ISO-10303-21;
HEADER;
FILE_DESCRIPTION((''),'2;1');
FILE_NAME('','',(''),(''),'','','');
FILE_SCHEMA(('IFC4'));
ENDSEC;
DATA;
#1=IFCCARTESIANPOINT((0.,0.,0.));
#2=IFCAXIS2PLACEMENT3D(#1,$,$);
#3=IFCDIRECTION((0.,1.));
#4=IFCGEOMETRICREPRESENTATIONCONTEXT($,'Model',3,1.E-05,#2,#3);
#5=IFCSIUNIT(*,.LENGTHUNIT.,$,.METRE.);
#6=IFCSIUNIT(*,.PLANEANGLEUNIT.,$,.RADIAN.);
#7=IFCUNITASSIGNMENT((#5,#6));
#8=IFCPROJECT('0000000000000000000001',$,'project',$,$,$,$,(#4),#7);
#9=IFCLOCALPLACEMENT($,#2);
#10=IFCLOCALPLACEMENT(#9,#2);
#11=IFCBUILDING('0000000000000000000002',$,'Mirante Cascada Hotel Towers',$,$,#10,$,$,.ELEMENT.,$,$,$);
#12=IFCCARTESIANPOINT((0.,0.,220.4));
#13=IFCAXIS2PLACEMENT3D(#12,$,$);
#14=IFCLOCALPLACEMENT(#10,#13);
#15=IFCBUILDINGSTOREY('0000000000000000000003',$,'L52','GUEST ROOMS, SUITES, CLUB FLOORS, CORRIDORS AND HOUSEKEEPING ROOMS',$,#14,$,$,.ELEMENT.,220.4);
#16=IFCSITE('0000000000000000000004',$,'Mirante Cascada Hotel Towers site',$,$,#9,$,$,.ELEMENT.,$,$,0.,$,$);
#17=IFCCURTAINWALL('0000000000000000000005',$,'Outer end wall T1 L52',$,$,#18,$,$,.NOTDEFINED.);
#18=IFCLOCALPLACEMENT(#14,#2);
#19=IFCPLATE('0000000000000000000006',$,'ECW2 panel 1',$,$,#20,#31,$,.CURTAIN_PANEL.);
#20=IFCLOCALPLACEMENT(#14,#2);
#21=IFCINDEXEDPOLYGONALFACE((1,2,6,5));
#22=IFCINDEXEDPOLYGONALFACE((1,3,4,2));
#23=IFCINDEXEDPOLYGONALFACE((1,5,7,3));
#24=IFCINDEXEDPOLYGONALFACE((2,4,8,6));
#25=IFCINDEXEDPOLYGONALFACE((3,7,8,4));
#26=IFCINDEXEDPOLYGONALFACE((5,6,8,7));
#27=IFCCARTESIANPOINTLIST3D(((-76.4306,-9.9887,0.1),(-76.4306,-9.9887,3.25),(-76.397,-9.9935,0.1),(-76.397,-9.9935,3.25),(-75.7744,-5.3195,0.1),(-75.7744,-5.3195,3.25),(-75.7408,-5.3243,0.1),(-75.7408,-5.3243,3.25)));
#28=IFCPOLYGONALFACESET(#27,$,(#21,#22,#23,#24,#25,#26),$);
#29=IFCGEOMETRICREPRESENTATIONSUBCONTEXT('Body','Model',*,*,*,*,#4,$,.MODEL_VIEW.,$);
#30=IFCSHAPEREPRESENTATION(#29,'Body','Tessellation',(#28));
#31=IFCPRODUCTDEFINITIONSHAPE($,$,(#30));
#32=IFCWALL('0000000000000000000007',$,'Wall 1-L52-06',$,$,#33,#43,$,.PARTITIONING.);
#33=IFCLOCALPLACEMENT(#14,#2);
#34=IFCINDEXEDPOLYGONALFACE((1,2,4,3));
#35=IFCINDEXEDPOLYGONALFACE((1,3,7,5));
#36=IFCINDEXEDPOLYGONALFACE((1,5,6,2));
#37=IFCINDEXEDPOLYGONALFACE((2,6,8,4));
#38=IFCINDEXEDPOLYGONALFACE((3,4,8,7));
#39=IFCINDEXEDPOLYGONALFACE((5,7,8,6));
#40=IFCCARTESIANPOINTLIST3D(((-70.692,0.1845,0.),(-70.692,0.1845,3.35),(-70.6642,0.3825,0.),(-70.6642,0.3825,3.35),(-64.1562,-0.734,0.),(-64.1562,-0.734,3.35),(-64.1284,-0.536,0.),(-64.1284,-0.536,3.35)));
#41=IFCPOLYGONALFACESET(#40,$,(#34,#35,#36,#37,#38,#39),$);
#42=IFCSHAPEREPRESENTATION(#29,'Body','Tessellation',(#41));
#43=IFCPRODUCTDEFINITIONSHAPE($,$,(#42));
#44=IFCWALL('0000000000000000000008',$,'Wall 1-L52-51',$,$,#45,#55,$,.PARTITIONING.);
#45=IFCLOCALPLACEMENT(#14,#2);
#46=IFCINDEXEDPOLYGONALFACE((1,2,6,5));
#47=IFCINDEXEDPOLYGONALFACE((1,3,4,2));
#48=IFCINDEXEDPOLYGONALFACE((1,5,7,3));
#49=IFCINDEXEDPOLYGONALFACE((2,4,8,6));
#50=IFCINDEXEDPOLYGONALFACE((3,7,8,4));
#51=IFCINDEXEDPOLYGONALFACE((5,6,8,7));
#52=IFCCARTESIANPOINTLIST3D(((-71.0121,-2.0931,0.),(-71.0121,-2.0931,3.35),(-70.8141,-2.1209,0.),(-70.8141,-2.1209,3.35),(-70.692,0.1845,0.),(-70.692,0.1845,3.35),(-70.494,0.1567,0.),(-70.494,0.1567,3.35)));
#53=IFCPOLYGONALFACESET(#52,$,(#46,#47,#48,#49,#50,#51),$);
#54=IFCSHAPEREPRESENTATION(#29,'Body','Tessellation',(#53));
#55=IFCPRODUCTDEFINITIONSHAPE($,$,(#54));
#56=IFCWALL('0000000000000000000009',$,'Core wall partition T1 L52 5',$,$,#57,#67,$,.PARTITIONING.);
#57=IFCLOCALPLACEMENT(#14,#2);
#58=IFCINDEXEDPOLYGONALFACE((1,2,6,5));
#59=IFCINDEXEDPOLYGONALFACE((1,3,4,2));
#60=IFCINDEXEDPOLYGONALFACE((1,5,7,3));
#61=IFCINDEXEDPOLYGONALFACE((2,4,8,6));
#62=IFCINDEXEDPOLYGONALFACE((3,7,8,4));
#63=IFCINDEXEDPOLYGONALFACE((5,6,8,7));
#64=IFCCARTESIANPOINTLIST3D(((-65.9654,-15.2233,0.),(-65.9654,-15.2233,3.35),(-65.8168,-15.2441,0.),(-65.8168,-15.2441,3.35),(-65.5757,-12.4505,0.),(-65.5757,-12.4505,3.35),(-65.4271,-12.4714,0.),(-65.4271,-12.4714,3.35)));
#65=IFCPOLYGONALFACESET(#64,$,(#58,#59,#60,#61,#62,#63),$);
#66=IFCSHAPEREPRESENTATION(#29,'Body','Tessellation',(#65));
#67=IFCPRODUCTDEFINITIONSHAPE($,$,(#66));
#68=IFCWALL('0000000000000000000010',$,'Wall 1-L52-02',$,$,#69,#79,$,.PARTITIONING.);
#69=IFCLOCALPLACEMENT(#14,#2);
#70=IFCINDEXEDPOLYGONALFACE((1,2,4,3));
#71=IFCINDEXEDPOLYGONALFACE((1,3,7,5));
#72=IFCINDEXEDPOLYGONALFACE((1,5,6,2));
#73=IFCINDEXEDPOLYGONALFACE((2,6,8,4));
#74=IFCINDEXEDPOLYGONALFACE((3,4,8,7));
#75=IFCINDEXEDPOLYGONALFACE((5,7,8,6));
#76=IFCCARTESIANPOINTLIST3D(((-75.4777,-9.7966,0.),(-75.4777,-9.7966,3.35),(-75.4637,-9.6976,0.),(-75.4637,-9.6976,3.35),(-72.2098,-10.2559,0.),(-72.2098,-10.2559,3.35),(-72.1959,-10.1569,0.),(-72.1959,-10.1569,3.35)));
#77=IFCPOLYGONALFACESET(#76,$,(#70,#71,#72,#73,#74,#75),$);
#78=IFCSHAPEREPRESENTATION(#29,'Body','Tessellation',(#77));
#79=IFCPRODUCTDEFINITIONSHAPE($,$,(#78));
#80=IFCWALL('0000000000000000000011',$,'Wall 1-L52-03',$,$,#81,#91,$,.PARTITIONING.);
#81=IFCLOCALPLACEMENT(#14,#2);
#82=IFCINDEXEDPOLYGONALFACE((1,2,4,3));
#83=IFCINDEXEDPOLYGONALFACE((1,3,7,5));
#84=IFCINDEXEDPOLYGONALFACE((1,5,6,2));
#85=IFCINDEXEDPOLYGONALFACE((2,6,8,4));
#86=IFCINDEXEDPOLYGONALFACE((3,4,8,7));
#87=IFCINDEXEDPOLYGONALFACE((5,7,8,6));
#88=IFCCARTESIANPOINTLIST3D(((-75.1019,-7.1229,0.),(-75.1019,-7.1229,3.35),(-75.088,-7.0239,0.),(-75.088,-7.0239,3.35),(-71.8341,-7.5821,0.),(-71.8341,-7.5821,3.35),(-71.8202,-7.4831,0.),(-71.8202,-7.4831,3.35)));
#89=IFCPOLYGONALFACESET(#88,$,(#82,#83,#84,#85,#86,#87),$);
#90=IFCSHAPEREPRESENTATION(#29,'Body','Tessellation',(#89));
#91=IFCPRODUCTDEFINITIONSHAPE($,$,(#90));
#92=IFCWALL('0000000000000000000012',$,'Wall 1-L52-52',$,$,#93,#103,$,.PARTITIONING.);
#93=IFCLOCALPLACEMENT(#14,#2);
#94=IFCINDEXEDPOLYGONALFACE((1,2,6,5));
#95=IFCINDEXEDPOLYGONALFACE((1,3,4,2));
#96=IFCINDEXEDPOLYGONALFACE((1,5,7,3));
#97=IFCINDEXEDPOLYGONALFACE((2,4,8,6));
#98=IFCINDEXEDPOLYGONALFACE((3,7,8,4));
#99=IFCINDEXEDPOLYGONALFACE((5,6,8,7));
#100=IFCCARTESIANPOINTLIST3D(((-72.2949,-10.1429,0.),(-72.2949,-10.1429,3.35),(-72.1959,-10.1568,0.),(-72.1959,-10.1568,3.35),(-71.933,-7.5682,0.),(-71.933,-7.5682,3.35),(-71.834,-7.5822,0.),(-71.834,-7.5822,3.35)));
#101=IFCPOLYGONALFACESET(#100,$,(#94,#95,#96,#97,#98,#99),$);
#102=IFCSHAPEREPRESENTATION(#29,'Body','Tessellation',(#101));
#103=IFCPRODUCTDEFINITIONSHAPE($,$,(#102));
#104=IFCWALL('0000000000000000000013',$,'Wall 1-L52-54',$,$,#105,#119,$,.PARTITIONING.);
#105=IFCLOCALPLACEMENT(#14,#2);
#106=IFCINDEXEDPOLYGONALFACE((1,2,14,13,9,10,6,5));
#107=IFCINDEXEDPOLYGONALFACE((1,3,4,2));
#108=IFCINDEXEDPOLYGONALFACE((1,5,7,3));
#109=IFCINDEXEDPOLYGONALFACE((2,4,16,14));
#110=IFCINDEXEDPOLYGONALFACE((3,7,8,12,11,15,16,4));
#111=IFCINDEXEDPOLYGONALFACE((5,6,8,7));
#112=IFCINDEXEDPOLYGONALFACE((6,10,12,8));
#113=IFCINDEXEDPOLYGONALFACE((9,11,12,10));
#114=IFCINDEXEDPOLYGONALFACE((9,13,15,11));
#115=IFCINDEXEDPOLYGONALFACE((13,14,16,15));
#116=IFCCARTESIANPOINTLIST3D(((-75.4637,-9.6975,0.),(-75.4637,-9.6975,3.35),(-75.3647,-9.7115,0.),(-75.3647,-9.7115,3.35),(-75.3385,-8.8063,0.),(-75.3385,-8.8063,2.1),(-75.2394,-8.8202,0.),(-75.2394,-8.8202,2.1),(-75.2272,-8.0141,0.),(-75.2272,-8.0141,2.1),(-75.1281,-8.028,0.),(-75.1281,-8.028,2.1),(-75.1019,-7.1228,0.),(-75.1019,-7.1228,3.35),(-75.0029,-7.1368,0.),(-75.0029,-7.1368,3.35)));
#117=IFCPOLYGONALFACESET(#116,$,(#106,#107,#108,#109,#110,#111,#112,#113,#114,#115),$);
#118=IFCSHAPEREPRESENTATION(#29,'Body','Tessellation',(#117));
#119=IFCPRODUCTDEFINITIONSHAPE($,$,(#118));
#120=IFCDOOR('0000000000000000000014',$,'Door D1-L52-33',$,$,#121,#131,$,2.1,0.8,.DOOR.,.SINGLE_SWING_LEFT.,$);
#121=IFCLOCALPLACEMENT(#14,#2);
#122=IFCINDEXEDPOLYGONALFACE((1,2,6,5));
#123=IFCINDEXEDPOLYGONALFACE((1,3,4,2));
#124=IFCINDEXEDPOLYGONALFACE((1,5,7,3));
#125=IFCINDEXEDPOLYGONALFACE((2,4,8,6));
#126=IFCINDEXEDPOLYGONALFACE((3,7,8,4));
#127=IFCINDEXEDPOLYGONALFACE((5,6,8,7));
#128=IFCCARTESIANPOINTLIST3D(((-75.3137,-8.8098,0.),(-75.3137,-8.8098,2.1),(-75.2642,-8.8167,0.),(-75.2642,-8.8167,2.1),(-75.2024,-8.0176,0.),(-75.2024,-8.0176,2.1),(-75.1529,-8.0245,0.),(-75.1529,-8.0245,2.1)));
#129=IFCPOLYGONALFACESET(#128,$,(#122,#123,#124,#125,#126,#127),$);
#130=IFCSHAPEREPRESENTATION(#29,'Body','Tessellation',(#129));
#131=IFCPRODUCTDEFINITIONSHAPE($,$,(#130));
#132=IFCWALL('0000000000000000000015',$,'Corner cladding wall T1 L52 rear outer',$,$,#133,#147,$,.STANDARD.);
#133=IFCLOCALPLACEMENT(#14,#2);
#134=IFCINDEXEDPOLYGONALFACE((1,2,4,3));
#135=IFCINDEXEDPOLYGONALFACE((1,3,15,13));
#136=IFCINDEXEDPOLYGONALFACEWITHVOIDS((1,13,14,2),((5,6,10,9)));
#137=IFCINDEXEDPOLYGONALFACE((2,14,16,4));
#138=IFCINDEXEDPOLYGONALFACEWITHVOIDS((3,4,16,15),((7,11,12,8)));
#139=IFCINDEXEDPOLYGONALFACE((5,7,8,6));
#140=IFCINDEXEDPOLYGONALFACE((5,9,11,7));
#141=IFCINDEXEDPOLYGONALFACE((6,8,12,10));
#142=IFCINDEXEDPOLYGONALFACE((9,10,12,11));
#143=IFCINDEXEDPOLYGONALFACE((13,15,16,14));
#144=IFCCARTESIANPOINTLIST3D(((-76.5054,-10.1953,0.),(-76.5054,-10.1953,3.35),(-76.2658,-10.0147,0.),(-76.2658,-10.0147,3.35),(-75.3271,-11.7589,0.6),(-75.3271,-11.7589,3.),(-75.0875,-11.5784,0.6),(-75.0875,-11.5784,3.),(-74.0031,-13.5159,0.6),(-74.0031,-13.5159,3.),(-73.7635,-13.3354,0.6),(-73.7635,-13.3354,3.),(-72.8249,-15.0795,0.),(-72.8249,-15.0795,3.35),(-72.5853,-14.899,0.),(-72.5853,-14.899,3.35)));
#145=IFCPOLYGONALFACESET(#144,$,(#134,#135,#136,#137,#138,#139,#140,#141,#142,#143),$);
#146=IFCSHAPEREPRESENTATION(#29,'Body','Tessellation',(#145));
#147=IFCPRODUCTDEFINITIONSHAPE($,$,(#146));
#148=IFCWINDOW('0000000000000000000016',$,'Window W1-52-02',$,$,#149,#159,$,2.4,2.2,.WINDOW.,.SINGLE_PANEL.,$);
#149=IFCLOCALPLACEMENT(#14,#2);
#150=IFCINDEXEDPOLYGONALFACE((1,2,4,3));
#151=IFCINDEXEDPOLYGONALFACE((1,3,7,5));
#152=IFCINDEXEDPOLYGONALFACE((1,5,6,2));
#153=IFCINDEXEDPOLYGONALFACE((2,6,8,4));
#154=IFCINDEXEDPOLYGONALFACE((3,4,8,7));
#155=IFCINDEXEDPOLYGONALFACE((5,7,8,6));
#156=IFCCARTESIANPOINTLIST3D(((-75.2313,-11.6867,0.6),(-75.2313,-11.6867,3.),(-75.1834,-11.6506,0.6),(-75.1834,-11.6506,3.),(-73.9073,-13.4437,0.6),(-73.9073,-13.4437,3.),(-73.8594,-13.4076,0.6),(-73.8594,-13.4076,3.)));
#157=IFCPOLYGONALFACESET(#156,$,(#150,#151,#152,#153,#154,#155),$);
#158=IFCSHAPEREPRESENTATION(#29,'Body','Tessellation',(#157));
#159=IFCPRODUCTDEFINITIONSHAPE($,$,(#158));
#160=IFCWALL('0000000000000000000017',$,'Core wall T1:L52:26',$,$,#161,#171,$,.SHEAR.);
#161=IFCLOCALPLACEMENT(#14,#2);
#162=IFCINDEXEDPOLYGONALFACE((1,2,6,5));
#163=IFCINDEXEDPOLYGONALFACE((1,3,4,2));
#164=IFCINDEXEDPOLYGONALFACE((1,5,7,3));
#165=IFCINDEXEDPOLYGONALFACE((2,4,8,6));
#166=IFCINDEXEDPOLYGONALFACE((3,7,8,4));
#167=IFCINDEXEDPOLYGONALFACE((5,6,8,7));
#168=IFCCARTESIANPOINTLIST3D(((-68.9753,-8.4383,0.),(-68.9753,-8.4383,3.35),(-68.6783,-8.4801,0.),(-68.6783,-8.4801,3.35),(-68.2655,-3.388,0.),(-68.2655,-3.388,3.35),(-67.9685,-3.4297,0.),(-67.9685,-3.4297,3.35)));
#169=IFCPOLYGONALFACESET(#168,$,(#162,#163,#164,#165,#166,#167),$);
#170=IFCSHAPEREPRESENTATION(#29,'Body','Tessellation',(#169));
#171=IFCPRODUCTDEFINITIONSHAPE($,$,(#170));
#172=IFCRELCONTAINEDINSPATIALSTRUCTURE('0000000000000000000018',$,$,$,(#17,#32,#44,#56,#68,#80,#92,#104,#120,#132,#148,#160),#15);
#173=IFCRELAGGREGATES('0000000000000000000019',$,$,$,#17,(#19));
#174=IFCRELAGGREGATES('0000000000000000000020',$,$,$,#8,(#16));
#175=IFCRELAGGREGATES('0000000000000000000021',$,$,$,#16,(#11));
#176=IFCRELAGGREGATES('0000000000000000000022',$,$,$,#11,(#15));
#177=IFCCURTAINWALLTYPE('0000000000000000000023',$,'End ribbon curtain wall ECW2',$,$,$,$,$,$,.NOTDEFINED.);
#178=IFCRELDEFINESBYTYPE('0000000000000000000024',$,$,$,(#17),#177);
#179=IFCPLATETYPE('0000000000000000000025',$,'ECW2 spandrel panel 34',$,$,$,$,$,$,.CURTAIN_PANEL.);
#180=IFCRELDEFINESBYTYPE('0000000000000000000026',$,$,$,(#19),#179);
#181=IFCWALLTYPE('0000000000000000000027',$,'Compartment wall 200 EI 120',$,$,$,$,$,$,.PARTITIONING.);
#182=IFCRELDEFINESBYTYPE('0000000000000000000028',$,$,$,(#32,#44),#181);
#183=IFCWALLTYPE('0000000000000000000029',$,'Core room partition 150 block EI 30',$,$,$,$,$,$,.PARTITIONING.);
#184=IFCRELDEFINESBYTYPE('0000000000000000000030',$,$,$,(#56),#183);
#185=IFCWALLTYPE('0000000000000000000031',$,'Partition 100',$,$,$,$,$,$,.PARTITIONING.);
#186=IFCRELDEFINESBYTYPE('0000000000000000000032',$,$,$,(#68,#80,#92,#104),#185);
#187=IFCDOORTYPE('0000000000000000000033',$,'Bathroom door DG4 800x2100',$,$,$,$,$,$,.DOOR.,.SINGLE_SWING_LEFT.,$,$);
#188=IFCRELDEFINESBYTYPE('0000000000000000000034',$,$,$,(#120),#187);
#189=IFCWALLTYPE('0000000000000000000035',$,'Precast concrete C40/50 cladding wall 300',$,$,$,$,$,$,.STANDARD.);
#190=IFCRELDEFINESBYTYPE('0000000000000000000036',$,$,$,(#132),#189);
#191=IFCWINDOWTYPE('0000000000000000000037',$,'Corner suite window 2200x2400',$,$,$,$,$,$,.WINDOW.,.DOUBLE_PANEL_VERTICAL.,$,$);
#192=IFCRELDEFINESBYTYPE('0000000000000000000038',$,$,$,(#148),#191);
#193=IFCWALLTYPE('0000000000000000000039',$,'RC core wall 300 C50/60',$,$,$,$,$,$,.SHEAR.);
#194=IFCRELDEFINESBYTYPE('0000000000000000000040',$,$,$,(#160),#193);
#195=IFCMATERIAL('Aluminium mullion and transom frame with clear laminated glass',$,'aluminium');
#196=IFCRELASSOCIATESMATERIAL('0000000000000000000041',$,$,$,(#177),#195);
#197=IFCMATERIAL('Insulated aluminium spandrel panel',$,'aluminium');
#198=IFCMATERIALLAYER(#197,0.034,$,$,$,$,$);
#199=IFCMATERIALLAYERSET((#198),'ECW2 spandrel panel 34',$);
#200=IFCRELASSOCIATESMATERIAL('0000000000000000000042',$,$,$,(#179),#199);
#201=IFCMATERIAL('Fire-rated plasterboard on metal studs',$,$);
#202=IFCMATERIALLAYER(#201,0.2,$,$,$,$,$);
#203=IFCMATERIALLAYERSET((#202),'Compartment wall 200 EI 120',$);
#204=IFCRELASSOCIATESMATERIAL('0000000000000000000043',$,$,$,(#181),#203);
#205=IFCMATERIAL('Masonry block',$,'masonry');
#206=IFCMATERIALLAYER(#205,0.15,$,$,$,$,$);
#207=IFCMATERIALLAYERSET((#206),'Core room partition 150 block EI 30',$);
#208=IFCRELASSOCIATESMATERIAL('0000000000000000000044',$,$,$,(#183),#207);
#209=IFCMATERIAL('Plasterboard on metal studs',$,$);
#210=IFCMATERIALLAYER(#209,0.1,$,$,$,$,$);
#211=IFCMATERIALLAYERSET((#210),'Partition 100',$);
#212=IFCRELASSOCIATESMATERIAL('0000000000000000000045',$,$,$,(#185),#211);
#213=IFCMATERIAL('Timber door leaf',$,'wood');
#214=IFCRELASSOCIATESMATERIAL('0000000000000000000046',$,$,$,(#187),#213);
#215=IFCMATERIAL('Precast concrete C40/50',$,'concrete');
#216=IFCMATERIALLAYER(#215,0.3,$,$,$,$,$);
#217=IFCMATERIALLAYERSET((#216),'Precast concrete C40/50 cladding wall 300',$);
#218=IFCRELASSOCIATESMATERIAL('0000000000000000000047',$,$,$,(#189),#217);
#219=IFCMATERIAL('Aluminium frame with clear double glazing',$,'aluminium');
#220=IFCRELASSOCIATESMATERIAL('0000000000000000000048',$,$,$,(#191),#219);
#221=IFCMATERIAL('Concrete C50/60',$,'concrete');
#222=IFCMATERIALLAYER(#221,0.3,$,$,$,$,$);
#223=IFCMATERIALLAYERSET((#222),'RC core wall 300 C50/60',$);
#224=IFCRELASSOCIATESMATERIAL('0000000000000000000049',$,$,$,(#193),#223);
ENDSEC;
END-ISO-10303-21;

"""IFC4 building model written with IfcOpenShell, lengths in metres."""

from ifc_helpers import new_model, si_unit, direction, frame, frame_2d, origin, origin_2d, place, context, subcontext, project, spatial, rectangle, extrude, material, layer, layer_set, type_object, element, fill, aggregate, save


model = new_model("IFC4")

# Units and contexts
model_context = context("Model", 3, precision=1e-05, world=origin(), true_north=direction((0.0, 1.0)))
body_context = subcontext(model_context, "Body", "Model", "MODEL_VIEW")
ifc_project = project(units=[si_unit("LENGTHUNIT", "METRE"), si_unit("PLANEANGLEUNIT", "RADIAN")], contexts=[model_context])

# Site, building, storey
site_placement = place(None, origin())
site = spatial("IfcSite", under=ifc_project, at=site_placement, Name="Mirante Cascada Hotel Towers site", CompositionType="ELEMENT", RefElevation=0.0)
building_placement = place(site_placement, origin())
building = spatial("IfcBuilding", under=site, at=building_placement, Name="Mirante Cascada Hotel Towers", CompositionType="ELEMENT")
storey_placement = place(building_placement, frame((0.0, 0.0, 220.4)))
storey = spatial("IfcBuildingStorey", under=building, at=storey_placement, Name="L52", Description="GUEST ROOMS, SUITES, CLUB FLOORS, CORRIDORS AND HOUSEKEEPING ROOMS", CompositionType="ELEMENT", Elevation=220.4)

# Curtain wall, plate
ifc_material_1 = material(Name="Aluminium mullion and transom frame with clear laminated glass", Category="aluminium")
curtain_wall_type = type_object("IfcCurtainWallType", Name="End ribbon curtain wall ECW2", PredefinedType="NOTDEFINED", material=ifc_material_1)
curtain_wall_placement = place(storey_placement, origin())
curtain_wall = element("IfcCurtainWall", 1, at=curtain_wall_placement, inside=storey, type_object=curtain_wall_type, Name="Outer end wall T1 L52", PredefinedType="NOTDEFINED")
ifc_material_2 = material(Name="Insulated aluminium spandrel panel", Category="aluminium")
ifc_layer_1 = layer(ifc_material_2, 0.034)
ifc_layer_set_1 = layer_set([ifc_layer_1], Name="ECW2 spandrel panel 34")
plate_type_1 = type_object("IfcPlateType", Name="ECW2 spandrel panel 34", PredefinedType="CURTAIN_PANEL", material=ifc_layer_set_1)
plate_1_placement = place(storey_placement, frame((-76.0857, -7.6565, 0.1), z_axis=(0.0, 0.0, 1.0), x_axis=(0.139173, 0.990268, 0.0)))
plate_1 = element("IfcPlate", 2, at=plate_1_placement, type_object=plate_type_1, Name="ECW2 panel 1", PredefinedType="CURTAIN_PANEL", context=body_context, shape_type="SweptSolid", body=[
    extrude(rectangle(XDim=4.7151, YDim=0.034, at=origin_2d()), origin(), (0.0, 0.0, 1.0), 3.15),
])
aggregate(curtain_wall, [plate_1])

# Walls
ifc_material_3 = material(Name="Fire-rated plasterboard on metal studs")
ifc_layer_2 = layer(ifc_material_3, 0.2)
ifc_layer_set_2 = layer_set([ifc_layer_2], Name="Compartment wall 200 EI 120")
wall_type_1 = type_object("IfcWallType", Name="Compartment wall 200 EI 120", PredefinedType="PARTITIONING", material=ifc_layer_set_2)
wall_1_placement = place(storey_placement, frame((-70.6781, 0.2835, 0.0), z_axis=(0.0, 0.0, 1.0), x_axis=(0.990269, -0.139166, 0.0)))
element("IfcWall", 3, at=wall_1_placement, inside=storey, type_object=wall_type_1, Name="Wall 1-L52-06", PredefinedType="PARTITIONING", context=body_context, shape_type="SweptSolid", body=[
    extrude(rectangle(XDim=6.6, YDim=0.2, at=frame_2d((3.3, 0.0))), origin(), (0.0, 0.0, 1.0), 3.35),
])
wall_2_placement = place(storey_placement, frame((-70.9131, -2.107, 0.0), z_axis=(0.0, 0.0, 1.0), x_axis=(0.139175, 0.990268, 0.0)))
element("IfcWall", 4, at=wall_2_placement, inside=storey, type_object=wall_type_1, Name="Wall 1-L52-51", PredefinedType="PARTITIONING", context=body_context, shape_type="SweptSolid", body=[
    extrude(rectangle(XDim=2.3, YDim=0.2, at=frame_2d((1.15, 0.0))), origin(), (0.0, 0.0, 1.0), 3.35),
])
ifc_material_4 = material(Name="Masonry block", Category="masonry")
ifc_layer_3 = layer(ifc_material_4, 0.15)
ifc_layer_set_3 = layer_set([ifc_layer_3], Name="Core room partition 150 block EI 30")
wall_type_2 = type_object("IfcWallType", Name="Core room partition 150 block EI 30", PredefinedType="PARTITIONING", material=ifc_layer_set_3)
wall_3_placement = place(storey_placement, frame((-65.8911, -15.2337, 0.0), z_axis=(0.0, 0.0, 1.0), x_axis=(0.139181, 0.990267, 0.0)))
element("IfcWall", 5, at=wall_3_placement, inside=storey, type_object=wall_type_2, Name="Core wall partition T1 L52 5", PredefinedType="PARTITIONING", context=body_context, shape_type="SweptSolid", body=[
    extrude(rectangle(XDim=2.8, YDim=0.15, at=frame_2d((1.4, 0.0))), origin(), (0.0, 0.0, 1.0), 3.35),
])
ifc_material_5 = material(Name="Plasterboard on metal studs")
ifc_layer_4 = layer(ifc_material_5, 0.1)
ifc_layer_set_4 = layer_set([ifc_layer_4], Name="Partition 100")
wall_type_3 = type_object("IfcWallType", Name="Partition 100", PredefinedType="PARTITIONING", material=ifc_layer_set_4)
wall_4_placement = place(storey_placement, frame((-75.4707, -9.7471, 0.0), z_axis=(0.0, 0.0, 1.0), x_axis=(0.990267, -0.139181, 0.0)))
element("IfcWall", 6, at=wall_4_placement, inside=storey, type_object=wall_type_3, Name="Wall 1-L52-02", PredefinedType="PARTITIONING", context=body_context, shape_type="SweptSolid", body=[
    extrude(rectangle(XDim=3.3, YDim=0.1, at=frame_2d((1.65, 0.0))), origin(), (0.0, 0.0, 1.0), 3.35),
])
wall_5_placement = place(storey_placement, frame((-71.8271, -7.5326, 0.0), z_axis=(0.0, 0.0, 1.0), x_axis=(-0.990271, 0.139155, 0.0)))
element("IfcWall", 7, at=wall_5_placement, inside=storey, type_object=wall_type_3, Name="Wall 1-L52-03", PredefinedType="PARTITIONING", context=body_context, shape_type="SweptSolid", body=[
    extrude(rectangle(XDim=3.2999, YDim=0.1, at=frame_2d((1.65, 0.0))), origin(), (0.0, 0.0, 1.0), 3.35),
])
wall_6_placement = place(storey_placement, frame((-71.8835, -7.5752, 0.0), z_axis=(0.0, 0.0, 1.0), x_axis=(-0.139192, -0.990265, 0.0)))
element("IfcWall", 8, at=wall_6_placement, inside=storey, type_object=wall_type_3, Name="Wall 1-L52-52", PredefinedType="PARTITIONING", context=body_context, shape_type="SweptSolid", body=[
    extrude(rectangle(XDim=2.6, YDim=0.1, at=frame_2d((1.3, 0.0))), origin(), (0.0, 0.0, 1.0), 3.35),
])

# Wall, opening, door
wall_7_placement = place(storey_placement, frame((-75.0524, -7.1298, 0.0), z_axis=(0.0, 0.0, 1.0), x_axis=(-0.139154, -0.990271, 0.0)))
wall_7 = element("IfcWall", 9, at=wall_7_placement, inside=storey, type_object=wall_type_3, Name="Wall 1-L52-54", PredefinedType="PARTITIONING", context=body_context, shape_type="SweptSolid", body=[
    extrude(rectangle(XDim=2.6, YDim=0.1, at=frame_2d((1.3, 0.0))), origin(), (0.0, 0.0, 1.0), 3.35),
])
opening_1_placement = place(wall_7_placement, frame((0.9, 0.0, 0.0)))
opening_1 = element("IfcOpeningElement", 10, at=opening_1_placement, cuts=wall_7, PredefinedType="OPENING", context=body_context, shape_type="SweptSolid", body=[
    extrude(rectangle(XDim=0.8, YDim=2.1, at=frame_2d((0.4, 1.05))), frame((0.0, 0.05, 0.0), z_axis=(0.0, -1.0, 0.0), x_axis=(1.0, 0.0, 0.0)), (0.0, 0.0, 1.0), 0.1),
])
ifc_material_6 = material(Name="Timber door leaf", Category="wood")
door_type = type_object("IfcDoorType", Name="Bathroom door DG4 800x2100", OperationType="SINGLE_SWING_LEFT", PredefinedType="DOOR", material=ifc_material_6)
door_placement = place(opening_1_placement, origin())
door = element("IfcDoor", 11, at=door_placement, inside=storey, type_object=door_type, Name="Door D1-L52-33", OperationType="SINGLE_SWING_LEFT", OverallHeight=2.1, OverallWidth=0.8, PredefinedType="DOOR", context=body_context, shape_type="SweptSolid", body=[
    extrude(rectangle(XDim=0.8, YDim=2.1, at=frame_2d((0.4, 1.05))), frame((0.0, 0.025, 0.0), z_axis=(0.0, -1.0, 0.0), x_axis=(1.0, 0.0, 0.0)), (0.0, 0.0, 1.0), 0.05),
])
fill(opening_1, door)

# Wall, opening, window
ifc_material_7 = material(Name="Precast concrete C40/50", Category="concrete")
ifc_layer_5 = layer(ifc_material_7, 0.3)
ifc_layer_set_5 = layer_set([ifc_layer_5], Name="Precast concrete C40/50 cladding wall 300")
wall_type_4 = type_object("IfcWallType", Name="Precast concrete C40/50 cladding wall 300", PredefinedType="STANDARD", material=ifc_layer_set_5)
wall_8_placement = place(storey_placement, frame((-72.7051, -14.9892, 0.0), z_axis=(0.0, 0.0, 1.0), x_axis=(-0.601814, 0.798636, 0.0)))
wall_8 = element("IfcWall", 12, at=wall_8_placement, inside=storey, type_object=wall_type_4, Name="Corner cladding wall T1 L52 rear outer", PredefinedType="STANDARD", context=body_context, shape_type="SweptSolid", body=[
    extrude(rectangle(XDim=6.1157, YDim=0.3, at=frame_2d((3.0578, 0.0))), origin(), (0.0, 0.0, 1.0), 3.35),
])
opening_2_placement = place(wall_8_placement, frame((1.9578, 0.0, 0.6)))
opening_2 = element("IfcOpeningElement", 13, at=opening_2_placement, cuts=wall_8, PredefinedType="OPENING", context=body_context, shape_type="SweptSolid", body=[
    extrude(rectangle(XDim=2.2, YDim=2.4, at=frame_2d((1.1, 1.2))), frame((0.0, 0.15, 0.0), z_axis=(0.0, -1.0, 0.0), x_axis=(1.0, 0.0, 0.0)), (0.0, 0.0, 1.0), 0.3),
])
ifc_material_8 = material(Name="Aluminium frame with clear double glazing", Category="aluminium")
window_type = type_object("IfcWindowType", Name="Corner suite window 2200x2400", PartitioningType="DOUBLE_PANEL_VERTICAL", PredefinedType="WINDOW", material=ifc_material_8)
window_placement = place(opening_2_placement, origin())
window = element("IfcWindow", 14, at=window_placement, inside=storey, type_object=window_type, Name="Window W1-52-02", OverallHeight=2.4, OverallWidth=2.2, PartitioningType="SINGLE_PANEL", PredefinedType="WINDOW", context=body_context, shape_type="SweptSolid", body=[
    extrude(rectangle(XDim=2.2, YDim=2.4, at=frame_2d((1.1, 1.2))), frame((0.0, 0.03, 0.0), z_axis=(0.0, -1.0, 0.0), x_axis=(1.0, 0.0, 0.0)), (0.0, 0.0, 1.0), 0.06),
])
fill(opening_2, window)

# Wall
ifc_material_9 = material(Name="Concrete C50/60", Category="concrete")
ifc_layer_6 = layer(ifc_material_9, 0.3)
ifc_layer_set_6 = layer_set([ifc_layer_6], Name="RC core wall 300 C50/60")
wall_type_5 = type_object("IfcWallType", Name="RC core wall 300 C50/60", PredefinedType="SHEAR", material=ifc_layer_set_6)
wall_9_placement = place(storey_placement, frame((-68.8268, -8.4592, 0.0), z_axis=(0.0, 0.0, 1.0), x_axis=(0.139176, 0.990268, 0.0)))
element("IfcWall", 15, at=wall_9_placement, inside=storey, type_object=wall_type_5, Name="Core wall T1:L52:26", PredefinedType="SHEAR", context=body_context, shape_type="SweptSolid", body=[
    extrude(rectangle(XDim=5.1, YDim=0.3, at=frame_2d((2.55, 0.0))), origin(), (0.0, 0.0, 1.0), 3.35),
])

save(model, "model.ifc")
